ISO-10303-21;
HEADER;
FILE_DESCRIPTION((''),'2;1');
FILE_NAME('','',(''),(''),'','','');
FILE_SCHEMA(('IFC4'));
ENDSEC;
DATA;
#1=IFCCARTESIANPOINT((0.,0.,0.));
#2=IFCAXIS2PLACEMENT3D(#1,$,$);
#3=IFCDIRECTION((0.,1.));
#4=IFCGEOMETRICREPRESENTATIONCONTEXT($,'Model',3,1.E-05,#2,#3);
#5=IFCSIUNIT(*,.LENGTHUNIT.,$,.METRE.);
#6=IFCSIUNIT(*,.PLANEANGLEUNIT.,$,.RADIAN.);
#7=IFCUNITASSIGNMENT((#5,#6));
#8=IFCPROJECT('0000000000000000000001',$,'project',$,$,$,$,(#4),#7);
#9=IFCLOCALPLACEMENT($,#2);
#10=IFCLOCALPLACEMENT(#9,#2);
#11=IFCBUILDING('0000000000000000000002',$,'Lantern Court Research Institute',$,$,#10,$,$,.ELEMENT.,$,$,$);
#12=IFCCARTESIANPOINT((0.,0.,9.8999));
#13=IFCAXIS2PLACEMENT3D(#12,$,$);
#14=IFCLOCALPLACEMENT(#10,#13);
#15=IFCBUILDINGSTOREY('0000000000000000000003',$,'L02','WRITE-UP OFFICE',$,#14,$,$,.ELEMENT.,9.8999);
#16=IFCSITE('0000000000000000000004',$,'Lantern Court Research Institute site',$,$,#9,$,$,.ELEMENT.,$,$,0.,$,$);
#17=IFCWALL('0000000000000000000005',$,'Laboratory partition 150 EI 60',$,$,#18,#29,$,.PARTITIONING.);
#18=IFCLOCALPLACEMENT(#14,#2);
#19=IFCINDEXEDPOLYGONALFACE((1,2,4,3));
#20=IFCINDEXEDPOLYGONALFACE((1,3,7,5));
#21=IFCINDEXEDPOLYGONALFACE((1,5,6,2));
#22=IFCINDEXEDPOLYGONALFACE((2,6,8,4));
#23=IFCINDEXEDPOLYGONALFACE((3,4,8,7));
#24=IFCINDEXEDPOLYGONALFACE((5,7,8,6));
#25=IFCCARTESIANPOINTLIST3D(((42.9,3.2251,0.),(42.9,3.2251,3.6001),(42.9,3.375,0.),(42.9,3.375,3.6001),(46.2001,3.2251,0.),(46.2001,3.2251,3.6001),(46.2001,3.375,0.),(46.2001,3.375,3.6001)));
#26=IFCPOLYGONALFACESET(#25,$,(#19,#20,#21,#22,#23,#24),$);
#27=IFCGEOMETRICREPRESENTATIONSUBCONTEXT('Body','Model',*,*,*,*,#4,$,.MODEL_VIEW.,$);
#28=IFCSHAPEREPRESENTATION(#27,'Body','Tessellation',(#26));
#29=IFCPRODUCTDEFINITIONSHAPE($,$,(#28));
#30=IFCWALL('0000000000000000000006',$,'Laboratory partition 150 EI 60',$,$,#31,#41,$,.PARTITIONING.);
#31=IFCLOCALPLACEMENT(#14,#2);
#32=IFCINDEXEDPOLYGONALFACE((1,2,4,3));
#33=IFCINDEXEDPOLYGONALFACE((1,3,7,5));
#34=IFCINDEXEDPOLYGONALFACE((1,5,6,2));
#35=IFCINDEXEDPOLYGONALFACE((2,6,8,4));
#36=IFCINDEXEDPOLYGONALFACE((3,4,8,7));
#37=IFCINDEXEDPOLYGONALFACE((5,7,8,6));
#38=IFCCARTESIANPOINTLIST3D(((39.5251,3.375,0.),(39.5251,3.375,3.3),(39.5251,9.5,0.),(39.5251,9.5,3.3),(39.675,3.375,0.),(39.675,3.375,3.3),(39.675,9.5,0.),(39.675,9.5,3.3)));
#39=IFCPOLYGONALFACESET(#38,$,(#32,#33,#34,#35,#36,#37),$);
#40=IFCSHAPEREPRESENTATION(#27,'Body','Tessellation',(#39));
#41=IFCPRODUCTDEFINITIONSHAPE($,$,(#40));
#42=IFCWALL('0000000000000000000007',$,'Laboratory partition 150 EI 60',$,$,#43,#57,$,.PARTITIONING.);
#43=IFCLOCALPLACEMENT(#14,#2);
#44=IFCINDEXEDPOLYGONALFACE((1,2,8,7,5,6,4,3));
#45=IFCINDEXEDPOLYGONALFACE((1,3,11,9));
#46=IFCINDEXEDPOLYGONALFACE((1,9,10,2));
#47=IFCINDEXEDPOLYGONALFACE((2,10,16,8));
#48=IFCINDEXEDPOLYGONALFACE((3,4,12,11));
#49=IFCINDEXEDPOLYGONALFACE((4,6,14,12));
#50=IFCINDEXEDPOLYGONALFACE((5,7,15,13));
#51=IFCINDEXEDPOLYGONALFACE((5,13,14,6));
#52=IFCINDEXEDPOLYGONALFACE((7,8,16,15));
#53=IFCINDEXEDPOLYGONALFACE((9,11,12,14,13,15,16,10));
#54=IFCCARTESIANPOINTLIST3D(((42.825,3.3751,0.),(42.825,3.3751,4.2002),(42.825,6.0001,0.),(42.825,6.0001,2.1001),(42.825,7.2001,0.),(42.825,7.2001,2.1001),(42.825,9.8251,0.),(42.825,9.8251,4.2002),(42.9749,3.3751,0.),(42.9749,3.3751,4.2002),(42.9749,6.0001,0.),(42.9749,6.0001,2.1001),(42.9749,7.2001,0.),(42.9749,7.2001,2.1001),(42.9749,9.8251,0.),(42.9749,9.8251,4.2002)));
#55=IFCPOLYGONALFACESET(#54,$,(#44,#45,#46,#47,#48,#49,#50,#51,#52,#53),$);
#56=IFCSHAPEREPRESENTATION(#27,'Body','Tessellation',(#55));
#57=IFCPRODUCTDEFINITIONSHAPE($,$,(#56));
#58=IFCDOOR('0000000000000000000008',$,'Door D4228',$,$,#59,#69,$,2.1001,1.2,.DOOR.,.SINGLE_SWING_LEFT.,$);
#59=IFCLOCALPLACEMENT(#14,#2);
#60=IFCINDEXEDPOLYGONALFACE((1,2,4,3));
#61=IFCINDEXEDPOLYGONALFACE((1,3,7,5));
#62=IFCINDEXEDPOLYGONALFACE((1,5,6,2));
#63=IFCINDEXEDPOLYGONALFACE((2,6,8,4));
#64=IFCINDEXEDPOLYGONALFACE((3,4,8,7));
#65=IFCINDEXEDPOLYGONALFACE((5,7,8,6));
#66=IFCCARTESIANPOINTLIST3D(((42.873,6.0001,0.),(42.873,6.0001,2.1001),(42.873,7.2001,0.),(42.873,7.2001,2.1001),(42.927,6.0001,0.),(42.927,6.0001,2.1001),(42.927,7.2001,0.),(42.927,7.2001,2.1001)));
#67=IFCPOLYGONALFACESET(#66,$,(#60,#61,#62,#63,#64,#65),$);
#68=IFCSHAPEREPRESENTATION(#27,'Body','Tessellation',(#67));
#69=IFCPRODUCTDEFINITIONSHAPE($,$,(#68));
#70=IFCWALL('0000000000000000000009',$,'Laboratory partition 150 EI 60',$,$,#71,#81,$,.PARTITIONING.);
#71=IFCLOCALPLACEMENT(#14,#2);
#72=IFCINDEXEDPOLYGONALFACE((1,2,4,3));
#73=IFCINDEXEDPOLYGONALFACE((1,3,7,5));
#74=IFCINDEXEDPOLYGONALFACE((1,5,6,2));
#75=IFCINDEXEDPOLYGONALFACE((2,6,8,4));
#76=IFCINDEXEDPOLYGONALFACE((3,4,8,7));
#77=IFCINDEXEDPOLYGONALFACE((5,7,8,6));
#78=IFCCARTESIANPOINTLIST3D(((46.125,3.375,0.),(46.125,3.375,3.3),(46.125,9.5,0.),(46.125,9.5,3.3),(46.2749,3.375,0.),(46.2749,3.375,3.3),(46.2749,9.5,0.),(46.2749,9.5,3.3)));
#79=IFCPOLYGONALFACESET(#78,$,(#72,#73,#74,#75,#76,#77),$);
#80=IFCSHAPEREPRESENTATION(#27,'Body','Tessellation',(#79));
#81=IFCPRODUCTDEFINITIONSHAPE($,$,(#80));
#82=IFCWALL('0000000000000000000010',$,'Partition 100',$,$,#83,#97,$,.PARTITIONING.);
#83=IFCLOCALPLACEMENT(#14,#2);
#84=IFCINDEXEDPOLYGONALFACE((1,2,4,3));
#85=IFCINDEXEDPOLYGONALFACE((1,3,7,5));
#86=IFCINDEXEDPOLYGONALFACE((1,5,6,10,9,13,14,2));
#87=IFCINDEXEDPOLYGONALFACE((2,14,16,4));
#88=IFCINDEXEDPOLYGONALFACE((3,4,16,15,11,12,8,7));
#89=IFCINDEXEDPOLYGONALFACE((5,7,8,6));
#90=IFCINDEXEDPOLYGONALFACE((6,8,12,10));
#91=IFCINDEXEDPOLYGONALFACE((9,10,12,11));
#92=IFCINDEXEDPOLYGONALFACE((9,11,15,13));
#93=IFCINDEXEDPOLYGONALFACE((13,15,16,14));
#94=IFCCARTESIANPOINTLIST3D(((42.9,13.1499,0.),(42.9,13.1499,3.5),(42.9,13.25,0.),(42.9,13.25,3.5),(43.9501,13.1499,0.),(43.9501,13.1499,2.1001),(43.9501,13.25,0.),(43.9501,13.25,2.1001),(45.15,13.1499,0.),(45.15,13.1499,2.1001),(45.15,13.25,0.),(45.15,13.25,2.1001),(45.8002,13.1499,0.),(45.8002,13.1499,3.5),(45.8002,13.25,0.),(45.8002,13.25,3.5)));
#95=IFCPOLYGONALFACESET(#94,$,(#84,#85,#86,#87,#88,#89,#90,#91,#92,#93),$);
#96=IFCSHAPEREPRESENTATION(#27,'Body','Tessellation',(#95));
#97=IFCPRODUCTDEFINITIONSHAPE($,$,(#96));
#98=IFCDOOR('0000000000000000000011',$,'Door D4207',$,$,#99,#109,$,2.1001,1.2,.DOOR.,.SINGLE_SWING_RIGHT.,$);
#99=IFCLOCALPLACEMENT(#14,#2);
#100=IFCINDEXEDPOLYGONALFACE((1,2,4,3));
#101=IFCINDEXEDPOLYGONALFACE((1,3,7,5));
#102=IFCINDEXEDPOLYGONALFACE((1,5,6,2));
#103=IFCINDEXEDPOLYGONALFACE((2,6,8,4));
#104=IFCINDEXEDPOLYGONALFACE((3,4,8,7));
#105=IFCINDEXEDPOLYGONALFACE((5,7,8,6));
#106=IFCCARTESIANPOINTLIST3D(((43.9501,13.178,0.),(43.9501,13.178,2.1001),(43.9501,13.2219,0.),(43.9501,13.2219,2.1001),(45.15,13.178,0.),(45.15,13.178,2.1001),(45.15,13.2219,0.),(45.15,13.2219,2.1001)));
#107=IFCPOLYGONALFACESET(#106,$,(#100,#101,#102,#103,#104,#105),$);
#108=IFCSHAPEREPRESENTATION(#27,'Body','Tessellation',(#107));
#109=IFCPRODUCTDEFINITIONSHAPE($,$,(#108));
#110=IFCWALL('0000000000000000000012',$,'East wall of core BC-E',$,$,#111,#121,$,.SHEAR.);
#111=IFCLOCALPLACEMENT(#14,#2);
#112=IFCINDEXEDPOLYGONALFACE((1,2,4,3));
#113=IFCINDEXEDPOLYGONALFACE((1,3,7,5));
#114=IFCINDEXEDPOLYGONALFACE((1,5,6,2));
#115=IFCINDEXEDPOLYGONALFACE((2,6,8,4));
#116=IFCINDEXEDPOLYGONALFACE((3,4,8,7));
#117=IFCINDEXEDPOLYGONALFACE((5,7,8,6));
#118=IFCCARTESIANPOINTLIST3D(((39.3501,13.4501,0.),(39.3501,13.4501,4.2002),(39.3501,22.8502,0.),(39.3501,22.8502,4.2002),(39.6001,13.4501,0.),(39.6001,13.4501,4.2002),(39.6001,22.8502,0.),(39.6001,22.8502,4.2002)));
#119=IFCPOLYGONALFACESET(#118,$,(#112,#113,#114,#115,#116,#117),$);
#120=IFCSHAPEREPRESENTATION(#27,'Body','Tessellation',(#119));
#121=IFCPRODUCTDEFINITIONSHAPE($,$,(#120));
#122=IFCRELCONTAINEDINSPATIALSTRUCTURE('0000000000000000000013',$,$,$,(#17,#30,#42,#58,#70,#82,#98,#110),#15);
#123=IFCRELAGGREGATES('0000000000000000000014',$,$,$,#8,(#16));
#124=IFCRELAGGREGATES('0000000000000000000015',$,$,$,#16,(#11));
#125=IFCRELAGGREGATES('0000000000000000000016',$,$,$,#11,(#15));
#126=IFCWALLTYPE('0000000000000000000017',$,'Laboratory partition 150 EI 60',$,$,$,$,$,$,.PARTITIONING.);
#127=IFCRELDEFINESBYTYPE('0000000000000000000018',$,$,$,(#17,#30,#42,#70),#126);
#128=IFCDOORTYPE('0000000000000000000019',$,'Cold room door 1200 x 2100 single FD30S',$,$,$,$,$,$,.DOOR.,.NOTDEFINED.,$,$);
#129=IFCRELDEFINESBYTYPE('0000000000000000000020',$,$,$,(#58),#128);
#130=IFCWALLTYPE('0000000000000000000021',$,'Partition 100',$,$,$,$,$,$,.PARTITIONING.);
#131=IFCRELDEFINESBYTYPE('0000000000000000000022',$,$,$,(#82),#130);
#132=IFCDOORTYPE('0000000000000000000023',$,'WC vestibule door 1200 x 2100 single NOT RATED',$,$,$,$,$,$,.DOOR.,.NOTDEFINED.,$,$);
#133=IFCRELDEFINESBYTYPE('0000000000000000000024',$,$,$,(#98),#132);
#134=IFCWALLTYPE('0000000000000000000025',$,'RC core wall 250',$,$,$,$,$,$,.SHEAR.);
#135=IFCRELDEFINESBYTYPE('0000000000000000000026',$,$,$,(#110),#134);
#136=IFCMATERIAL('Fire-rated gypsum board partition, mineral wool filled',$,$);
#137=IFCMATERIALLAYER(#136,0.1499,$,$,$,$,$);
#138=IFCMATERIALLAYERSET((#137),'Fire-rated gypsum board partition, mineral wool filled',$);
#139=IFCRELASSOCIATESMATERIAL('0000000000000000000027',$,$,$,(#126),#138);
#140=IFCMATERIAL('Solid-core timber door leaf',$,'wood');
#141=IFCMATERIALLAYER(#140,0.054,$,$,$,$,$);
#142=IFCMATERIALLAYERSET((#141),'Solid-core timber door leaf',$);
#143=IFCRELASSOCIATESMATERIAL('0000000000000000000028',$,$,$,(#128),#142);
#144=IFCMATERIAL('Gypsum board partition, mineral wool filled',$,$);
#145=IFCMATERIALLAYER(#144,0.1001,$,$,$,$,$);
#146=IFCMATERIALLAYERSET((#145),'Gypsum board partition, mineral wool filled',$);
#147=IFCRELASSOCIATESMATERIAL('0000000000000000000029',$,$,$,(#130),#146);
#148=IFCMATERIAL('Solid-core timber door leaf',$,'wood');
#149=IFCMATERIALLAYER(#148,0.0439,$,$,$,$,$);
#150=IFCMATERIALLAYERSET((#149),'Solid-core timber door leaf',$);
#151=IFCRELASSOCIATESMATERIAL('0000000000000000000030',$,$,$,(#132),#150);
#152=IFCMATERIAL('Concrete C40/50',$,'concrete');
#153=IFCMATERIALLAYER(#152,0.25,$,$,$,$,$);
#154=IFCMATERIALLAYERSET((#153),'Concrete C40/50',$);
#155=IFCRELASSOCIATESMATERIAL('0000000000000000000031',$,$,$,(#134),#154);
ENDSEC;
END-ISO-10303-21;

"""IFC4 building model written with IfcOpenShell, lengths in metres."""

from ifc_helpers import new_model, si_unit, direction, frame, frame_2d, origin, place, context, subcontext, project, spatial, rectangle, extrude, material, layer, layer_set, type_object, element, fill, save


model = new_model("IFC4")

# Units and contexts
model_context = context("Model", 3, precision=1e-05, world=origin(), true_north=direction((0.0, 1.0)))
body_context = subcontext(model_context, "Body", "Model", "MODEL_VIEW")
ifc_project = project(units=[si_unit("LENGTHUNIT", "METRE"), si_unit("PLANEANGLEUNIT", "RADIAN")], contexts=[model_context])

# Site, building, storey
site_placement = place(None, origin())
site = spatial("IfcSite", under=ifc_project, at=site_placement, Name="Lantern Court Research Institute site", CompositionType="ELEMENT", RefElevation=0.0)
building_placement = place(site_placement, origin())
building = spatial("IfcBuilding", under=site, at=building_placement, Name="Lantern Court Research Institute", CompositionType="ELEMENT")
storey_placement = place(building_placement, frame((0.0, 0.0, 9.8999)))
storey = spatial("IfcBuildingStorey", under=building, at=storey_placement, Name="L02", Description="WRITE-UP OFFICE", CompositionType="ELEMENT", Elevation=9.8999)

# Shared definitions
ifc_material_1 = material(Name="Fire-rated gypsum board partition, mineral wool filled")
ifc_layer_1 = layer(ifc_material_1, 0.1499)
ifc_layer_set_1 = layer_set([ifc_layer_1], Name="Fire-rated gypsum board partition, mineral wool filled")
wall_type_1 = type_object("IfcWallType", Name="Laboratory partition 150 EI 60", PredefinedType="PARTITIONING", material=ifc_layer_set_1)

# Walls
wall_1_placement = place(storey_placement, frame((46.2, 3.3, 0.0), z_axis=(0.0, 0.0, 1.0), x_axis=(-1.0, 0.0, 0.0)))
element("IfcWall", 1, at=wall_1_placement, inside=storey, type_object=wall_type_1, Name="Laboratory partition 150 EI 60", PredefinedType="PARTITIONING", context=body_context, shape_type="SweptSolid", body=[
    extrude(rectangle(XDim=3.3, YDim=0.1499, at=frame_2d((1.6499, 0.0))), origin(), (0.0, 0.0, 1.0), 3.6001),
])
wall_2_placement = place(storey_placement, frame((39.6001, 3.375, 0.0), z_axis=(0.0, 0.0, 1.0), x_axis=(0.0, 1.0, 0.0)))
element("IfcWall", 2, at=wall_2_placement, inside=storey, type_object=wall_type_1, Name="Laboratory partition 150 EI 60", PredefinedType="PARTITIONING", context=body_context, shape_type="SweptSolid", body=[
    extrude(rectangle(XDim=6.125, YDim=0.1499, at=frame_2d((3.0625, 0.0))), origin(), (0.0, 0.0, 1.0), 3.3),
])

# Wall, opening, door
wall_3_placement = place(storey_placement, frame((42.8999, 3.375, 0.0), z_axis=(0.0, 0.0, 1.0), x_axis=(0.0, 1.0, 0.0)))
wall_3 = element("IfcWall", 3, at=wall_3_placement, inside=storey, type_object=wall_type_1, Name="Laboratory partition 150 EI 60", PredefinedType="PARTITIONING", context=body_context, shape_type="SweptSolid", body=[
    extrude(rectangle(XDim=6.45, YDim=0.1499, at=frame_2d((3.2251, 0.0))), origin(), (0.0, 0.0, 1.0), 4.2002),
])
opening_1_placement = place(wall_3_placement, frame((2.625, 0.0, 0.0)))
opening_1 = element("IfcOpeningElement", 4, at=opening_1_placement, cuts=wall_3, PredefinedType="OPENING", context=body_context, shape_type="SweptSolid", body=[
    extrude(rectangle(XDim=1.2, YDim=2.1001, at=frame_2d((0.6001, 1.05))), frame((0.0, 0.085, 0.0), z_axis=(0.0, -1.0, 0.0), x_axis=(1.0, 0.0, 0.0)), (0.0, 0.0, 1.0), 0.1699),
])
ifc_material_2 = material(Name="Solid-core timber door leaf", Category="wood")
ifc_layer_2 = layer(ifc_material_2, 0.054)
ifc_layer_set_2 = layer_set([ifc_layer_2], Name="Solid-core timber door leaf")
door_type_1 = type_object("IfcDoorType", Name="Cold room door 1200 x 2100 single FD30S", OperationType="NOTDEFINED", PredefinedType="DOOR", material=ifc_layer_set_2)
door_1_placement = place(opening_1_placement, origin())
door_1 = element("IfcDoor", 5, at=door_1_placement, inside=storey, type_object=door_type_1, Name="Door D4228", OperationType="SINGLE_SWING_LEFT", OverallHeight=2.1001, OverallWidth=1.2, PredefinedType="DOOR", context=body_context, shape_type="SweptSolid", body=[
    extrude(rectangle(XDim=1.2, YDim=2.1001, at=frame_2d((0.6001, 1.05))), frame((0.0, 0.0269, 0.0), z_axis=(0.0, -1.0, 0.0), x_axis=(1.0, 0.0, 0.0)), (0.0, 0.0, 1.0), 0.054),
])
fill(opening_1, door_1)

# Wall
wall_4_placement = place(storey_placement, frame((46.2, 3.375, 0.0), z_axis=(0.0, 0.0, 1.0), x_axis=(0.0, 1.0, 0.0)))
element("IfcWall", 6, at=wall_4_placement, inside=storey, type_object=wall_type_1, Name="Laboratory partition 150 EI 60", PredefinedType="PARTITIONING", context=body_context, shape_type="SweptSolid", body=[
    extrude(rectangle(XDim=6.125, YDim=0.1499, at=frame_2d((3.0625, 0.0))), origin(), (0.0, 0.0, 1.0), 3.3),
])

# Wall, opening, door
ifc_material_3 = material(Name="Gypsum board partition, mineral wool filled")
ifc_layer_3 = layer(ifc_material_3, 0.1001)
ifc_layer_set_3 = layer_set([ifc_layer_3], Name="Gypsum board partition, mineral wool filled")
wall_type_2 = type_object("IfcWallType", Name="Partition 100", PredefinedType="PARTITIONING", material=ifc_layer_set_3)
wall_5_placement = place(storey_placement, frame((42.8999, 13.2, 0.0), z_axis=(0.0, 0.0, 1.0), x_axis=(1.0, 0.0, 0.0)))
wall_5 = element("IfcWall", 7, at=wall_5_placement, inside=storey, type_object=wall_type_2, Name="Partition 100", PredefinedType="PARTITIONING", context=body_context, shape_type="SweptSolid", body=[
    extrude(rectangle(XDim=2.9001, YDim=0.1001, at=frame_2d((1.4502, 0.0))), origin(), (0.0, 0.0, 1.0), 3.5),
])
opening_2_placement = place(wall_5_placement, frame((1.05, 0.0, 0.0)))
opening_2 = element("IfcOpeningElement", 8, at=opening_2_placement, cuts=wall_5, PredefinedType="OPENING", context=body_context, shape_type="SweptSolid", body=[
    extrude(rectangle(XDim=1.2, YDim=2.1001, at=frame_2d((0.6001, 1.05))), frame((0.0, 0.0601, 0.0), z_axis=(0.0, -1.0, 0.0), x_axis=(1.0, 0.0, 0.0)), (0.0, 0.0, 1.0), 0.1201),
])
ifc_material_4 = material(Name="Solid-core timber door leaf", Category="wood")
ifc_layer_4 = layer(ifc_material_4, 0.0439)
ifc_layer_set_4 = layer_set([ifc_layer_4], Name="Solid-core timber door leaf")
door_type_2 = type_object("IfcDoorType", Name="WC vestibule door 1200 x 2100 single NOT RATED", OperationType="NOTDEFINED", PredefinedType="DOOR", material=ifc_layer_set_4)
door_2_placement = place(opening_2_placement, origin())
door_2 = element("IfcDoor", 9, at=door_2_placement, inside=storey, type_object=door_type_2, Name="Door D4207", OperationType="SINGLE_SWING_RIGHT", OverallHeight=2.1001, OverallWidth=1.2, PredefinedType="DOOR", context=body_context, shape_type="SweptSolid", body=[
    extrude(rectangle(XDim=1.2, YDim=2.1001, at=frame_2d((0.6001, 1.05))), frame((0.0, 0.022, 0.0), z_axis=(0.0, -1.0, 0.0), x_axis=(1.0, 0.0, 0.0)), (0.0, 0.0, 1.0), 0.0439),
])
fill(opening_2, door_2)

# Wall
ifc_material_5 = material(Name="Concrete C40/50", Category="concrete")
ifc_layer_5 = layer(ifc_material_5, 0.25)
ifc_layer_set_5 = layer_set([ifc_layer_5], Name="Concrete C40/50")
wall_type_3 = type_object("IfcWallType", Name="RC core wall 250", PredefinedType="SHEAR", material=ifc_layer_set_5)
wall_6_placement = place(storey_placement, frame((39.4751, 13.45, 0.0), z_axis=(0.0, 0.0, 1.0), x_axis=(0.0, 1.0, 0.0)))
element("IfcWall", 10, at=wall_6_placement, inside=storey, type_object=wall_type_3, Name="East wall of core BC-E", PredefinedType="SHEAR", context=body_context, shape_type="SweptSolid", body=[
    extrude(rectangle(XDim=9.4001, YDim=0.25, at=frame_2d((4.7002, 0.0))), origin(), (0.0, 0.0, 1.0), 4.2002),
])

save(model, "model.ifc")
